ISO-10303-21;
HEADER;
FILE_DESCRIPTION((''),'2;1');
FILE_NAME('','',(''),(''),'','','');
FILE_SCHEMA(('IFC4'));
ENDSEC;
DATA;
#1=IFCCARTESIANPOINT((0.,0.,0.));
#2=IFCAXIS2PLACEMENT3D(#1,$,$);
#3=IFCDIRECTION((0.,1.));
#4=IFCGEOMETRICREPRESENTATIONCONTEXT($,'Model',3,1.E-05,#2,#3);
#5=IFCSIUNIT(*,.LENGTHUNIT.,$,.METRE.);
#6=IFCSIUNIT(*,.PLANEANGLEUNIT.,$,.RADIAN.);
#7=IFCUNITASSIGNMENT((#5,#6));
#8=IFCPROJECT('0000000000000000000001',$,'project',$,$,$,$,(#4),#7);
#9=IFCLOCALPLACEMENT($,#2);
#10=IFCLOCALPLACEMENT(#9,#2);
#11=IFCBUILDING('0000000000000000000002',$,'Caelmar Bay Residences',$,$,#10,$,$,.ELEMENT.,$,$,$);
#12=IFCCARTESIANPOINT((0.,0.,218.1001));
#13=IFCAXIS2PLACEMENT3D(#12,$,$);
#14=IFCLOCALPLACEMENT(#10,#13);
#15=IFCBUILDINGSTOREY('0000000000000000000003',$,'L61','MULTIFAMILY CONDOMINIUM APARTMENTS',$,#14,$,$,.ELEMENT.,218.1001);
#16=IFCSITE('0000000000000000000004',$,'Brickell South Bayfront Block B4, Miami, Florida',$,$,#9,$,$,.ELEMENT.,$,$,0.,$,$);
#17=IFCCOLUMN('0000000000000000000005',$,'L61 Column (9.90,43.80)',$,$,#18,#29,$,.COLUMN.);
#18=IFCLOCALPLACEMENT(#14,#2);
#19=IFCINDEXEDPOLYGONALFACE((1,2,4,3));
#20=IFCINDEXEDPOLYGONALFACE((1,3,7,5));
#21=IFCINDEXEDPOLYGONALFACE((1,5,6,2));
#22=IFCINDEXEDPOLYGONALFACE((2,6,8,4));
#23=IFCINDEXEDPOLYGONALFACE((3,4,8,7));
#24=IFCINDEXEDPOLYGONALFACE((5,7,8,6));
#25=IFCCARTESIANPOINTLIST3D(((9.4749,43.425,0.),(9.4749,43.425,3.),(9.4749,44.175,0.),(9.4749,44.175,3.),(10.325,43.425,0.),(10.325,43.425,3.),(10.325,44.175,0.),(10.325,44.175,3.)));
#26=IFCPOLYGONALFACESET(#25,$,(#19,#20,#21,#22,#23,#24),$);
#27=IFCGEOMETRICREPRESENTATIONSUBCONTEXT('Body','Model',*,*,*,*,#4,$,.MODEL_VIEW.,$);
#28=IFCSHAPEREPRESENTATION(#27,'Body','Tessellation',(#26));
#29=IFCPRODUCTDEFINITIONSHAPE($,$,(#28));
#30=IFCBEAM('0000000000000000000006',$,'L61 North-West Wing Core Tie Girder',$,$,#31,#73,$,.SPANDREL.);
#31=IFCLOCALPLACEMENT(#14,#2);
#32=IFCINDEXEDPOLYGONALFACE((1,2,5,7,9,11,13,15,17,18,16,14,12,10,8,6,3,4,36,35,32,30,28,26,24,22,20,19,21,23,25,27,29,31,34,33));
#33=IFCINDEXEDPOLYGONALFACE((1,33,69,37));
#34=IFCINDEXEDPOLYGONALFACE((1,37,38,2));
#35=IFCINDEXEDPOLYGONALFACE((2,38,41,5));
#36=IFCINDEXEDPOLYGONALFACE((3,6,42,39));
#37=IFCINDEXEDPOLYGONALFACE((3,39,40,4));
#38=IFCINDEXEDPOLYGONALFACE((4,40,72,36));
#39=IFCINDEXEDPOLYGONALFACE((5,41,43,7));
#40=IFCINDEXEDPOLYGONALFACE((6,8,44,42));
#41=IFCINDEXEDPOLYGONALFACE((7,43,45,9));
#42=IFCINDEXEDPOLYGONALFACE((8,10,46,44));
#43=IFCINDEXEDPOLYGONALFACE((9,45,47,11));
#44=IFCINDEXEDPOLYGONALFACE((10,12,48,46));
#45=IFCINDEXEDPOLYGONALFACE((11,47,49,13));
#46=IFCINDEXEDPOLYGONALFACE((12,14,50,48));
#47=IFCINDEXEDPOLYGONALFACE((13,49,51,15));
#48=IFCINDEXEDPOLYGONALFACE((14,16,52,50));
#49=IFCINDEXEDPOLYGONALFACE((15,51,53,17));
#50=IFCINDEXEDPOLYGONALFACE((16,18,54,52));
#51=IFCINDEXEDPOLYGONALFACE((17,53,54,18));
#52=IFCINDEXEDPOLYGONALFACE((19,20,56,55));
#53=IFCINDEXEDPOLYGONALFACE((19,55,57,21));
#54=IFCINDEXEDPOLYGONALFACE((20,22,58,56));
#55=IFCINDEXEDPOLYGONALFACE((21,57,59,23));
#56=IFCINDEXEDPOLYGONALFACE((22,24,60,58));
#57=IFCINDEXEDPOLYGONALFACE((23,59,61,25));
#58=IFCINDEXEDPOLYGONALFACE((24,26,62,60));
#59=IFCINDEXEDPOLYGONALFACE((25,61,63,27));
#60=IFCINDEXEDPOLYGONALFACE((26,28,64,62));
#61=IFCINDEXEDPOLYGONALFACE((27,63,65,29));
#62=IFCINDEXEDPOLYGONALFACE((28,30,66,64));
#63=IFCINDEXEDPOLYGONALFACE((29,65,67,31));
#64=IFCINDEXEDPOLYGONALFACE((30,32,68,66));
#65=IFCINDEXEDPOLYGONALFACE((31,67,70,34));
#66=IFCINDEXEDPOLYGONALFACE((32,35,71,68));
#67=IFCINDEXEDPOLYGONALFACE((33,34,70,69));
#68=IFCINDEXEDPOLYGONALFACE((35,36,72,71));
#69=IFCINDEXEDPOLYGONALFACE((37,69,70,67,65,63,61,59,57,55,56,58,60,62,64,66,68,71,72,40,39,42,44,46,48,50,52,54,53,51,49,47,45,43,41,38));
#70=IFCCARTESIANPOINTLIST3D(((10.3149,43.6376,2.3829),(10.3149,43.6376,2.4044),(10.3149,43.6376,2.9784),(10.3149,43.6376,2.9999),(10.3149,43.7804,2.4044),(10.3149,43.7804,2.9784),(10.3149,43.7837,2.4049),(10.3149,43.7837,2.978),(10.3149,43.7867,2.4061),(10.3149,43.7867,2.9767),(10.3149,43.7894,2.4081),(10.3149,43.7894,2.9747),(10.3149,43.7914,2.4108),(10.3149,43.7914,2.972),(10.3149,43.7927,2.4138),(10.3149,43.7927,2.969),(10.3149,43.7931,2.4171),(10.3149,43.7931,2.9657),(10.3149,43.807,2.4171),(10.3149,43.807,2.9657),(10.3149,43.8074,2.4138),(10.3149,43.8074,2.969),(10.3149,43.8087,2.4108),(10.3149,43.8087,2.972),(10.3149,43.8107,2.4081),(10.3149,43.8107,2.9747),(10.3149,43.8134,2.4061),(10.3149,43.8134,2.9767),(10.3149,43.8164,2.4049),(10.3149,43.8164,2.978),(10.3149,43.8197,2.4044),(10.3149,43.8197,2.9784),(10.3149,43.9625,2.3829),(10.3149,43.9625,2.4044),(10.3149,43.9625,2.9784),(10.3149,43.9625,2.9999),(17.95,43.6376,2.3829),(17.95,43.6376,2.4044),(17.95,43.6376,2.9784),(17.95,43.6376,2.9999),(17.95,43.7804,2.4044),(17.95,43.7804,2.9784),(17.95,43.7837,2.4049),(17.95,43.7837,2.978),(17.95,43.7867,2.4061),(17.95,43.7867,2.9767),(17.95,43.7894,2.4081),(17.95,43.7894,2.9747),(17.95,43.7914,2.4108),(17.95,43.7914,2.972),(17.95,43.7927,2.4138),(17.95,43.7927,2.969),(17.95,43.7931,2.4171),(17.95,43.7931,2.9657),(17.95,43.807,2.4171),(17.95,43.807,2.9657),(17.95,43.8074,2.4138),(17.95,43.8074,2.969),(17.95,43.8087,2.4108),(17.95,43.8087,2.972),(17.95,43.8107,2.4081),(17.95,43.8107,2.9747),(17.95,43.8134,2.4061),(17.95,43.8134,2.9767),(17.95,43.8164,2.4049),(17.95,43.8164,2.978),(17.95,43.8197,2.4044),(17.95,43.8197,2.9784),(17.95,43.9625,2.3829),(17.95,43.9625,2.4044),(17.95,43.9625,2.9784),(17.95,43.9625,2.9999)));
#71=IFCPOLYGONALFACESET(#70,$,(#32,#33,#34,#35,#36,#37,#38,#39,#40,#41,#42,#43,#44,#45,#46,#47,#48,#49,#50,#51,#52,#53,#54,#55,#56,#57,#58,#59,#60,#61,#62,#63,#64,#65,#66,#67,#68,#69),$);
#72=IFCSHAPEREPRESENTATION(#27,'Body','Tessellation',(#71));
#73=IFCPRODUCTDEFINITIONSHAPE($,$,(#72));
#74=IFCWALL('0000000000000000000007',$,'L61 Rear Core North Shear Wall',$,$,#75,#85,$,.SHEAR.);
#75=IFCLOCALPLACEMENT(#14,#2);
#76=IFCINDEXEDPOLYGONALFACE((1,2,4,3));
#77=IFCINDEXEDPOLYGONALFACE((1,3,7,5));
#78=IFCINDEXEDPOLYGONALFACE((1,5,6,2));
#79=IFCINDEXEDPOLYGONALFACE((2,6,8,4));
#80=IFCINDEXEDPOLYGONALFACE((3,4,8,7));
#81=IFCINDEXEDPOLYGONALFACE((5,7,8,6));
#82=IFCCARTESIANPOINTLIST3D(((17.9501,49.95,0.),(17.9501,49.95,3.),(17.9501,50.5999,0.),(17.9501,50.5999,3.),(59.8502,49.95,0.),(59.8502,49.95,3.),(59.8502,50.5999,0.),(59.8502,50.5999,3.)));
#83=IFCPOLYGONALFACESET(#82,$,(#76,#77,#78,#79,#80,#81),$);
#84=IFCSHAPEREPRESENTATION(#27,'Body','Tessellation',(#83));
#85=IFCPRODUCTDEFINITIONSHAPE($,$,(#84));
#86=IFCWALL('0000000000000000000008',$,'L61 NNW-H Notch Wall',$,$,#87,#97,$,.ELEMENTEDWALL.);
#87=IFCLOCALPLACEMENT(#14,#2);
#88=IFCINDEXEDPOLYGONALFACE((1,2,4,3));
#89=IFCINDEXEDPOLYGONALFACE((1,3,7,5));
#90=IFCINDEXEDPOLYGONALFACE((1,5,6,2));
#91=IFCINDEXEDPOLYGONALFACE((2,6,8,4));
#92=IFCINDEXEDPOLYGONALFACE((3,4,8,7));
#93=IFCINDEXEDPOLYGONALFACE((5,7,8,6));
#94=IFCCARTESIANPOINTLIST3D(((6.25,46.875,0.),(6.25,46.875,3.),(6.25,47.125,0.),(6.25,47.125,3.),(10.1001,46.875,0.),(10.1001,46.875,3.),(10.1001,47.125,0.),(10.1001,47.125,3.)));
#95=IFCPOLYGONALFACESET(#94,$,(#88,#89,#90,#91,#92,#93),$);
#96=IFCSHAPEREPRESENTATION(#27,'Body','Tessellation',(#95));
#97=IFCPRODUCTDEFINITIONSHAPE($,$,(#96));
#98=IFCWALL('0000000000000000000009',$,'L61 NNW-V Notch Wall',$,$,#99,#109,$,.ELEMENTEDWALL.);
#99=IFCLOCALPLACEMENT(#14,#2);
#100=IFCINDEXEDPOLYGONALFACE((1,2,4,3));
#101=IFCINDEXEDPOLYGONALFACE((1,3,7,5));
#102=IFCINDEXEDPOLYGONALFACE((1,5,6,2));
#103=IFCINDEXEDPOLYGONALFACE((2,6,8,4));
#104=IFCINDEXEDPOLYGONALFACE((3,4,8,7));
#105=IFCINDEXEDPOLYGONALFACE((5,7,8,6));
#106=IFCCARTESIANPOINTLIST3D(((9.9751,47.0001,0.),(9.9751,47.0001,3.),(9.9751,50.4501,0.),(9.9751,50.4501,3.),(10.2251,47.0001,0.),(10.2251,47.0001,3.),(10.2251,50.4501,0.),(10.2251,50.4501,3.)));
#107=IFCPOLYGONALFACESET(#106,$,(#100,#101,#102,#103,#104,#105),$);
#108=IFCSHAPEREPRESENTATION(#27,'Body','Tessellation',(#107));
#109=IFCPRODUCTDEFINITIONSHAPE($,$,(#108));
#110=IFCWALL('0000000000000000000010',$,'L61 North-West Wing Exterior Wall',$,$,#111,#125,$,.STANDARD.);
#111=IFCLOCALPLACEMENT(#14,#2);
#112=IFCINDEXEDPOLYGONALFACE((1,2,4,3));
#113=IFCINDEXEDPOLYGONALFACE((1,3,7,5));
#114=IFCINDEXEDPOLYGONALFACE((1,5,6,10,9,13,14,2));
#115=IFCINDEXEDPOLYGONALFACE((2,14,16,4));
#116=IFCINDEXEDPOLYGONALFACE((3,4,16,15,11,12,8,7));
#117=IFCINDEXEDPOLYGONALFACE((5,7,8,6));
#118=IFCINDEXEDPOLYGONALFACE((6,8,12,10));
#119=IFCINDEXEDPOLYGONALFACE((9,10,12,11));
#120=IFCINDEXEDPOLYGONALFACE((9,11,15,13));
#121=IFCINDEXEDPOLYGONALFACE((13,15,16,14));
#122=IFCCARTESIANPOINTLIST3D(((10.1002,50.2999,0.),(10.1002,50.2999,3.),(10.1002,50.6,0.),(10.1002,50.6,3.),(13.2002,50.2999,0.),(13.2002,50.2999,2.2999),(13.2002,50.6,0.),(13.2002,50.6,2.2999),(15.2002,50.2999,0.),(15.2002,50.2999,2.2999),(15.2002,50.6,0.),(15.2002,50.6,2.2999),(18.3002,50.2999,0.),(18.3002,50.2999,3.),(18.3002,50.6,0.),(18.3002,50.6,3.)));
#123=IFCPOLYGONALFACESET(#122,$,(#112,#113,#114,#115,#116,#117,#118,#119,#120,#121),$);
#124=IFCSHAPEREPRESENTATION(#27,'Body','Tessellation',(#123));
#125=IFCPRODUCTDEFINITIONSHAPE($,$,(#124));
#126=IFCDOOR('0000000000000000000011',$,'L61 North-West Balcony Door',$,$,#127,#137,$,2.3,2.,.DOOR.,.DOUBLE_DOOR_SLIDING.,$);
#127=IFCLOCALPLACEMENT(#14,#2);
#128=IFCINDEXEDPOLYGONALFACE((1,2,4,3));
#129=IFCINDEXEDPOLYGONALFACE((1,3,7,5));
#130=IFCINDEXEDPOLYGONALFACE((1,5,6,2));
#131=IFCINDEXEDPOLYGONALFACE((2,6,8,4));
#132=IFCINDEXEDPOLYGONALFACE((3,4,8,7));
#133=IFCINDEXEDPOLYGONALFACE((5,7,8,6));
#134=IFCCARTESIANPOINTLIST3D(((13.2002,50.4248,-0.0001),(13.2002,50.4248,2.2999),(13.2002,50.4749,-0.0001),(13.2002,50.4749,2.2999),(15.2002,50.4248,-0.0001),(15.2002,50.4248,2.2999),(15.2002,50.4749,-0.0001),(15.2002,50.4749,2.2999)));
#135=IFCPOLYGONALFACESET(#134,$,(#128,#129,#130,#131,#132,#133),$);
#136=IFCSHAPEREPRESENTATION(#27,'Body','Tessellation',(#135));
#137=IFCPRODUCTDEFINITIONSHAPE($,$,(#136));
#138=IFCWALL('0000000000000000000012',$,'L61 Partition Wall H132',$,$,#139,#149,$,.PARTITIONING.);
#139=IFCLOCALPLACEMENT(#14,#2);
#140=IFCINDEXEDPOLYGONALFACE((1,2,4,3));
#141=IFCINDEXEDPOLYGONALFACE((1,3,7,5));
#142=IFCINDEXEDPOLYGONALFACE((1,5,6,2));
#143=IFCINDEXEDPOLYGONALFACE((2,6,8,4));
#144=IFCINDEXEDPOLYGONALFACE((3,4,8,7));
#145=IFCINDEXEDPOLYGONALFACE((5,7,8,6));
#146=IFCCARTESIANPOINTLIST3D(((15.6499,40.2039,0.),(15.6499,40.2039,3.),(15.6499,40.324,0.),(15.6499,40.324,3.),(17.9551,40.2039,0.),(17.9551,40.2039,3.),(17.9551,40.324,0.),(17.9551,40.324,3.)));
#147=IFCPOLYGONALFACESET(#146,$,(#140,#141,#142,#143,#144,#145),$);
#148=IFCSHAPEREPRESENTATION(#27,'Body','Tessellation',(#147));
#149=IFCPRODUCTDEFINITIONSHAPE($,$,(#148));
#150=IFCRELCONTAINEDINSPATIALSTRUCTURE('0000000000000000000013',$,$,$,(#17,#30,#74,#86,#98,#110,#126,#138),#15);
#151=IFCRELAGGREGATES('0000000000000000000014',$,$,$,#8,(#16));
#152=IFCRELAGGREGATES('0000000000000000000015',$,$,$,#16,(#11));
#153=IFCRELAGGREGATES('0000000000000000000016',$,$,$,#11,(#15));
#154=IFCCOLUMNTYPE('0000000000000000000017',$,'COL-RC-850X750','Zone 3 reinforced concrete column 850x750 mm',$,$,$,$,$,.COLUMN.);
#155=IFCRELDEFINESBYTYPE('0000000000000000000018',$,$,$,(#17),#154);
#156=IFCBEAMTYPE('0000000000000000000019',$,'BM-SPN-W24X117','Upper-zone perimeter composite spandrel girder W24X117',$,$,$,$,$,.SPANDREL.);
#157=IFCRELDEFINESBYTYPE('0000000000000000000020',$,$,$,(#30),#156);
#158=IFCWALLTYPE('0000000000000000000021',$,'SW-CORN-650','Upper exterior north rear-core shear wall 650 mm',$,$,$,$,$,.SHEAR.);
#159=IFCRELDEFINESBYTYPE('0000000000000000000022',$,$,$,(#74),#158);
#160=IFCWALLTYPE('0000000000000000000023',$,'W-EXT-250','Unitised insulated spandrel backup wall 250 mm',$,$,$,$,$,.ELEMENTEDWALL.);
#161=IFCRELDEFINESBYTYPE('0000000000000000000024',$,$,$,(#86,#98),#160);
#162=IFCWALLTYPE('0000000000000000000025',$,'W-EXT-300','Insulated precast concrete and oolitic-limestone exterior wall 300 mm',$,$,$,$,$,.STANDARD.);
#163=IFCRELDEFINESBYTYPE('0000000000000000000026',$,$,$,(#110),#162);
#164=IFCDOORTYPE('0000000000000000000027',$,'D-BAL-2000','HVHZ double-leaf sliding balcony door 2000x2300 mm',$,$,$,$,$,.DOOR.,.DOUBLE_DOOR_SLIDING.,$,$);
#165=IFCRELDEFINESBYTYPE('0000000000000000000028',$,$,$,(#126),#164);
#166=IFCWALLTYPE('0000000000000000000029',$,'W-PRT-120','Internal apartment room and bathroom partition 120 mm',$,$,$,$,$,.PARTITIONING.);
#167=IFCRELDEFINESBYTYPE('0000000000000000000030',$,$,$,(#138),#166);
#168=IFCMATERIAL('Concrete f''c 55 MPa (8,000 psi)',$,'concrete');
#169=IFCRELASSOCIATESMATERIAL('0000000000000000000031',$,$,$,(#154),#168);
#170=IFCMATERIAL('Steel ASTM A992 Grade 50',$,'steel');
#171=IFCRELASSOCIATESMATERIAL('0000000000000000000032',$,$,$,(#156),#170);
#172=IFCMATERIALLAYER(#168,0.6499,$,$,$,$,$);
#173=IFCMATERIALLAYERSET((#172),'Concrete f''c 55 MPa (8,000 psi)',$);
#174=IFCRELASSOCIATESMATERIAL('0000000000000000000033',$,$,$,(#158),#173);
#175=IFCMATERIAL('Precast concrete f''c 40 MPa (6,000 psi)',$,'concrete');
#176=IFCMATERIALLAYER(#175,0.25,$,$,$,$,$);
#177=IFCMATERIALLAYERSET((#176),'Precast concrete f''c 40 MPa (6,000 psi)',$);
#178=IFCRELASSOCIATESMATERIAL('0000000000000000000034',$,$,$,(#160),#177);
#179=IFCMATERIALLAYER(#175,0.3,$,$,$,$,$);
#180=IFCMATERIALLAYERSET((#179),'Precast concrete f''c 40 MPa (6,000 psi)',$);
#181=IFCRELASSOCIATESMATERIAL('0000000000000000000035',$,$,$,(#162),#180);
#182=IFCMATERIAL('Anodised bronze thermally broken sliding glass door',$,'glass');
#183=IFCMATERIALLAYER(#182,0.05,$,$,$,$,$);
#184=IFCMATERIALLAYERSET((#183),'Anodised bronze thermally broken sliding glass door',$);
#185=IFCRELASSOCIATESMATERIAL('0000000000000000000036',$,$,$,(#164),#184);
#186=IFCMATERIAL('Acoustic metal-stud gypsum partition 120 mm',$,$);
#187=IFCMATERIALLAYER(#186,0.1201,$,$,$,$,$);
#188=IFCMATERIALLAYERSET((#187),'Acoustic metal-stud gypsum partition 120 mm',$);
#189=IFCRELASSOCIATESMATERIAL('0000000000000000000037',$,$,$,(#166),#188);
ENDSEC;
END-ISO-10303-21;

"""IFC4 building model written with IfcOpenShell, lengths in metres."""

from ifc_helpers import new_model, si_unit, direction, frame, frame_2d, origin, origin_2d, place, context, subcontext, project, spatial, rectangle, i_section, extrude, material, layer, layer_set, material_profile, profile_set, type_object, element, fill, save


model = new_model("IFC4")

# Units and contexts
model_context = context("Model", 3, precision=1e-05, world=origin(), true_north=direction((0.0, 1.0)))
body_context = subcontext(model_context, "Body", "Model", "MODEL_VIEW")
ifc_project = project(units=[si_unit("LENGTHUNIT", "METRE"), si_unit("PLANEANGLEUNIT", "RADIAN")], contexts=[model_context])

# Site, building, storey
site_placement = place(None, origin())
site = spatial("IfcSite", under=ifc_project, at=site_placement, Name="Brickell South Bayfront Block B4, Miami, Florida", CompositionType="ELEMENT", RefElevation=0.0)
building_placement = place(site_placement, origin())
building = spatial("IfcBuilding", under=site, at=building_placement, Name="Caelmar Bay Residences", CompositionType="ELEMENT")
storey_placement = place(building_placement, frame((0.0, 0.0, 218.1001)))
storey = spatial("IfcBuildingStorey", under=building, at=storey_placement, Name="L61", Description="MULTIFAMILY CONDOMINIUM APARTMENTS", CompositionType="ELEMENT", Elevation=218.1001)

# Column
ifc_material_1 = material(Name="Concrete f'c 55 MPa (8,000 psi)", Category="concrete")
ifc_material_profile_1 = material_profile(ifc_material_1, rectangle(XDim=0.8501, YDim=0.75, at=origin_2d()), Name="RC-COL-850X750")
ifc_profile_set_1 = profile_set([ifc_material_profile_1], Name="Concrete f'c 55 MPa (8,000 psi)")
column_type = type_object("IfcColumnType", Name="COL-RC-850X750", Description="Zone 3 reinforced concrete column 850x750 mm", PredefinedType="COLUMN", material=ifc_profile_set_1)
column_placement = place(storey_placement, frame((9.8999, 43.8, 0.0), z_axis=(0.0, 0.0, 1.0), x_axis=(1.0, 0.0, 0.0)))
element("IfcColumn", 1, at=column_placement, inside=storey, type_object=column_type, Name="L61 Column (9.90,43.80)", PredefinedType="COLUMN", context=body_context, shape_type="SweptSolid", body=[
    extrude(rectangle(XDim=0.8501, YDim=0.75, at=origin_2d()), origin(), (0.0, 0.0, 1.0), 3.0),
])

# Beam
ifc_material_2 = material(Name="Steel ASTM A992 Grade 50", Category="steel")
ifc_material_profile_2 = material_profile(ifc_material_2, i_section(OverallWidth=0.325, OverallDepth=0.6169, WebThickness=0.0139, FlangeThickness=0.0215, FilletRadius=0.0127, at=origin_2d()), Name="W24X117")
ifc_profile_set_2 = profile_set([ifc_material_profile_2], Name="Steel ASTM A992 Grade 50")
beam_type = type_object("IfcBeamType", Name="BM-SPN-W24X117", Description="Upper-zone perimeter composite spandrel girder W24X117", PredefinedType="SPANDREL", material=ifc_profile_set_2)
beam_placement = place(storey_placement, frame((10.3149, 43.8, 2.6914), z_axis=(1.0, 0.0, 0.0), x_axis=(0.0, 1.0, 0.0)))
element("IfcBeam", 2, at=beam_placement, inside=storey, type_object=beam_type, Name="L61 North-West Wing Core Tie Girder", PredefinedType="SPANDREL", context=body_context, shape_type="SweptSolid", body=[
    extrude(i_section(OverallWidth=0.325, OverallDepth=0.6169, WebThickness=0.0139, FlangeThickness=0.0215, FilletRadius=0.0127, at=origin_2d()), origin(), (0.0, 0.0, 1.0), 7.635),
])

# Walls
ifc_layer_1 = layer(ifc_material_1, 0.6499)
ifc_layer_set_1 = layer_set([ifc_layer_1], Name="Concrete f'c 55 MPa (8,000 psi)")
wall_type_1 = type_object("IfcWallType", Name="SW-CORN-650", Description="Upper exterior north rear-core shear wall 650 mm", PredefinedType="SHEAR", material=ifc_layer_set_1)
wall_1_placement = place(storey_placement, frame((17.95, 50.2749, 0.0), z_axis=(0.0, 0.0, 1.0), x_axis=(1.0, 0.0, 0.0)))
element("IfcWall", 3, at=wall_1_placement, inside=storey, type_object=wall_type_1, Name="L61 Rear Core North Shear Wall", PredefinedType="SHEAR", context=body_context, shape_type="SweptSolid", body=[
    extrude(rectangle(XDim=41.9001, YDim=0.6499, at=frame_2d((20.9502, 0.0))), origin(), (0.0, 0.0, 1.0), 3.0),
])
ifc_material_3 = material(Name="Precast concrete f'c 40 MPa (6,000 psi)", Category="concrete")
ifc_layer_2 = layer(ifc_material_3, 0.25)
ifc_layer_set_2 = layer_set([ifc_layer_2], Name="Precast concrete f'c 40 MPa (6,000 psi)")
wall_type_2 = type_object("IfcWallType", Name="W-EXT-250", Description="Unitised insulated spandrel backup wall 250 mm", PredefinedType="ELEMENTEDWALL", material=ifc_layer_set_2)
wall_2_placement = place(storey_placement, frame((6.25, 47.0, 0.0), z_axis=(0.0, 0.0, 1.0), x_axis=(1.0, 0.0, 0.0)))
element("IfcWall", 4, at=wall_2_placement, inside=storey, type_object=wall_type_2, Name="L61 NNW-H Notch Wall", PredefinedType="ELEMENTEDWALL", context=body_context, shape_type="SweptSolid", body=[
    extrude(rectangle(XDim=3.8501, YDim=0.25, at=frame_2d((1.925, 0.0))), origin(), (0.0, 0.0, 1.0), 3.0),
])
wall_3_placement = place(storey_placement, frame((10.1001, 47.0, 0.0), z_axis=(0.0, 0.0, 1.0), x_axis=(0.0, 1.0, 0.0)))
element("IfcWall", 5, at=wall_3_placement, inside=storey, type_object=wall_type_2, Name="L61 NNW-V Notch Wall", PredefinedType="ELEMENTEDWALL", context=body_context, shape_type="SweptSolid", body=[
    extrude(rectangle(XDim=3.45, YDim=0.25, at=frame_2d((1.7251, 0.0))), origin(), (0.0, 0.0, 1.0), 3.0),
])

# Wall, opening, door
ifc_layer_3 = layer(ifc_material_3, 0.3)
ifc_layer_set_3 = layer_set([ifc_layer_3], Name="Precast concrete f'c 40 MPa (6,000 psi)")
wall_type_3 = type_object("IfcWallType", Name="W-EXT-300", Description="Insulated precast concrete and oolitic-limestone exterior wall 300 mm", PredefinedType="STANDARD", material=ifc_layer_set_3)
wall_4_placement = place(storey_placement, frame((10.1001, 50.45, 0.0), z_axis=(0.0, 0.0, 1.0), x_axis=(1.0, 0.0, 0.0)))
wall_4 = element("IfcWall", 6, at=wall_4_placement, inside=storey, type_object=wall_type_3, Name="L61 North-West Wing Exterior Wall", PredefinedType="STANDARD", context=body_context, shape_type="SweptSolid", body=[
    extrude(rectangle(XDim=8.2, YDim=0.3, at=frame_2d((4.1001, 0.0))), origin(), (0.0, 0.0, 1.0), 3.0),
])
opening_1_placement = place(wall_4_placement, frame((3.1001, 0.0, 0.0)))
opening_1 = element("IfcOpeningElement", 7, at=opening_1_placement, cuts=wall_4, PredefinedType="OPENING", context=body_context, shape_type="SweptSolid", body=[
    extrude(rectangle(XDim=2.0, YDim=2.3, at=frame_2d((1.0, 1.1499))), frame((0.0, 0.1599, 0.0), z_axis=(0.0, -1.0, 0.0), x_axis=(1.0, 0.0, 0.0)), (0.0, 0.0, 1.0), 0.3201),
])
ifc_material_4 = material(Name="Anodised bronze thermally broken sliding glass door", Category="glass")
ifc_layer_4 = layer(ifc_material_4, 0.05)
ifc_layer_set_4 = layer_set([ifc_layer_4], Name="Anodised bronze thermally broken sliding glass door")
door_type_1 = type_object("IfcDoorType", Name="D-BAL-2000", Description="HVHZ double-leaf sliding balcony door 2000x2300 mm", OperationType="DOUBLE_DOOR_SLIDING", PredefinedType="DOOR", material=ifc_layer_set_4)
door_1_placement = place(opening_1_placement, origin())
door_1 = element("IfcDoor", 8, at=door_1_placement, inside=storey, type_object=door_type_1, Name="L61 North-West Balcony Door", OperationType="DOUBLE_DOOR_SLIDING", OverallHeight=2.3, OverallWidth=2.0, PredefinedType="DOOR", context=body_context, shape_type="SweptSolid", body=[
    extrude(rectangle(XDim=2.0, YDim=2.3, at=frame_2d((1.0, 1.1499))), frame((0.0, 0.0249, 0.0), z_axis=(0.0, -1.0, 0.0), x_axis=(1.0, 0.0, 0.0)), (0.0, 0.0, 1.0), 0.05),
])
fill(opening_1, door_1)
ifc_material_5 = material(Name="Acoustic metal-stud gypsum partition 120 mm")
ifc_layer_5 = layer(ifc_material_5, 0.1201)
ifc_layer_set_5 = layer_set([ifc_layer_5], Name="Acoustic metal-stud gypsum partition 120 mm")
wall_type_4 = type_object("IfcWallType", Name="W-PRT-120", Description="Internal apartment room and bathroom partition 120 mm", PredefinedType="PARTITIONING", material=ifc_layer_set_5)

# Wall
wall_5_placement = place(storey_placement, frame((15.6499, 40.2639, 0.0), z_axis=(0.0, 0.0, 1.0), x_axis=(1.0, 0.0, 0.0)))
element("IfcWall", 9, at=wall_5_placement, inside=storey, type_object=wall_type_4, Name="L61 Partition Wall H132", PredefinedType="PARTITIONING", context=body_context, shape_type="SweptSolid", body=[
    extrude(rectangle(XDim=2.3052, YDim=0.1201, at=frame_2d((1.1526, 0.0))), origin(), (0.0, 0.0, 1.0), 3.0),
])

save(model, "model.ifc")
